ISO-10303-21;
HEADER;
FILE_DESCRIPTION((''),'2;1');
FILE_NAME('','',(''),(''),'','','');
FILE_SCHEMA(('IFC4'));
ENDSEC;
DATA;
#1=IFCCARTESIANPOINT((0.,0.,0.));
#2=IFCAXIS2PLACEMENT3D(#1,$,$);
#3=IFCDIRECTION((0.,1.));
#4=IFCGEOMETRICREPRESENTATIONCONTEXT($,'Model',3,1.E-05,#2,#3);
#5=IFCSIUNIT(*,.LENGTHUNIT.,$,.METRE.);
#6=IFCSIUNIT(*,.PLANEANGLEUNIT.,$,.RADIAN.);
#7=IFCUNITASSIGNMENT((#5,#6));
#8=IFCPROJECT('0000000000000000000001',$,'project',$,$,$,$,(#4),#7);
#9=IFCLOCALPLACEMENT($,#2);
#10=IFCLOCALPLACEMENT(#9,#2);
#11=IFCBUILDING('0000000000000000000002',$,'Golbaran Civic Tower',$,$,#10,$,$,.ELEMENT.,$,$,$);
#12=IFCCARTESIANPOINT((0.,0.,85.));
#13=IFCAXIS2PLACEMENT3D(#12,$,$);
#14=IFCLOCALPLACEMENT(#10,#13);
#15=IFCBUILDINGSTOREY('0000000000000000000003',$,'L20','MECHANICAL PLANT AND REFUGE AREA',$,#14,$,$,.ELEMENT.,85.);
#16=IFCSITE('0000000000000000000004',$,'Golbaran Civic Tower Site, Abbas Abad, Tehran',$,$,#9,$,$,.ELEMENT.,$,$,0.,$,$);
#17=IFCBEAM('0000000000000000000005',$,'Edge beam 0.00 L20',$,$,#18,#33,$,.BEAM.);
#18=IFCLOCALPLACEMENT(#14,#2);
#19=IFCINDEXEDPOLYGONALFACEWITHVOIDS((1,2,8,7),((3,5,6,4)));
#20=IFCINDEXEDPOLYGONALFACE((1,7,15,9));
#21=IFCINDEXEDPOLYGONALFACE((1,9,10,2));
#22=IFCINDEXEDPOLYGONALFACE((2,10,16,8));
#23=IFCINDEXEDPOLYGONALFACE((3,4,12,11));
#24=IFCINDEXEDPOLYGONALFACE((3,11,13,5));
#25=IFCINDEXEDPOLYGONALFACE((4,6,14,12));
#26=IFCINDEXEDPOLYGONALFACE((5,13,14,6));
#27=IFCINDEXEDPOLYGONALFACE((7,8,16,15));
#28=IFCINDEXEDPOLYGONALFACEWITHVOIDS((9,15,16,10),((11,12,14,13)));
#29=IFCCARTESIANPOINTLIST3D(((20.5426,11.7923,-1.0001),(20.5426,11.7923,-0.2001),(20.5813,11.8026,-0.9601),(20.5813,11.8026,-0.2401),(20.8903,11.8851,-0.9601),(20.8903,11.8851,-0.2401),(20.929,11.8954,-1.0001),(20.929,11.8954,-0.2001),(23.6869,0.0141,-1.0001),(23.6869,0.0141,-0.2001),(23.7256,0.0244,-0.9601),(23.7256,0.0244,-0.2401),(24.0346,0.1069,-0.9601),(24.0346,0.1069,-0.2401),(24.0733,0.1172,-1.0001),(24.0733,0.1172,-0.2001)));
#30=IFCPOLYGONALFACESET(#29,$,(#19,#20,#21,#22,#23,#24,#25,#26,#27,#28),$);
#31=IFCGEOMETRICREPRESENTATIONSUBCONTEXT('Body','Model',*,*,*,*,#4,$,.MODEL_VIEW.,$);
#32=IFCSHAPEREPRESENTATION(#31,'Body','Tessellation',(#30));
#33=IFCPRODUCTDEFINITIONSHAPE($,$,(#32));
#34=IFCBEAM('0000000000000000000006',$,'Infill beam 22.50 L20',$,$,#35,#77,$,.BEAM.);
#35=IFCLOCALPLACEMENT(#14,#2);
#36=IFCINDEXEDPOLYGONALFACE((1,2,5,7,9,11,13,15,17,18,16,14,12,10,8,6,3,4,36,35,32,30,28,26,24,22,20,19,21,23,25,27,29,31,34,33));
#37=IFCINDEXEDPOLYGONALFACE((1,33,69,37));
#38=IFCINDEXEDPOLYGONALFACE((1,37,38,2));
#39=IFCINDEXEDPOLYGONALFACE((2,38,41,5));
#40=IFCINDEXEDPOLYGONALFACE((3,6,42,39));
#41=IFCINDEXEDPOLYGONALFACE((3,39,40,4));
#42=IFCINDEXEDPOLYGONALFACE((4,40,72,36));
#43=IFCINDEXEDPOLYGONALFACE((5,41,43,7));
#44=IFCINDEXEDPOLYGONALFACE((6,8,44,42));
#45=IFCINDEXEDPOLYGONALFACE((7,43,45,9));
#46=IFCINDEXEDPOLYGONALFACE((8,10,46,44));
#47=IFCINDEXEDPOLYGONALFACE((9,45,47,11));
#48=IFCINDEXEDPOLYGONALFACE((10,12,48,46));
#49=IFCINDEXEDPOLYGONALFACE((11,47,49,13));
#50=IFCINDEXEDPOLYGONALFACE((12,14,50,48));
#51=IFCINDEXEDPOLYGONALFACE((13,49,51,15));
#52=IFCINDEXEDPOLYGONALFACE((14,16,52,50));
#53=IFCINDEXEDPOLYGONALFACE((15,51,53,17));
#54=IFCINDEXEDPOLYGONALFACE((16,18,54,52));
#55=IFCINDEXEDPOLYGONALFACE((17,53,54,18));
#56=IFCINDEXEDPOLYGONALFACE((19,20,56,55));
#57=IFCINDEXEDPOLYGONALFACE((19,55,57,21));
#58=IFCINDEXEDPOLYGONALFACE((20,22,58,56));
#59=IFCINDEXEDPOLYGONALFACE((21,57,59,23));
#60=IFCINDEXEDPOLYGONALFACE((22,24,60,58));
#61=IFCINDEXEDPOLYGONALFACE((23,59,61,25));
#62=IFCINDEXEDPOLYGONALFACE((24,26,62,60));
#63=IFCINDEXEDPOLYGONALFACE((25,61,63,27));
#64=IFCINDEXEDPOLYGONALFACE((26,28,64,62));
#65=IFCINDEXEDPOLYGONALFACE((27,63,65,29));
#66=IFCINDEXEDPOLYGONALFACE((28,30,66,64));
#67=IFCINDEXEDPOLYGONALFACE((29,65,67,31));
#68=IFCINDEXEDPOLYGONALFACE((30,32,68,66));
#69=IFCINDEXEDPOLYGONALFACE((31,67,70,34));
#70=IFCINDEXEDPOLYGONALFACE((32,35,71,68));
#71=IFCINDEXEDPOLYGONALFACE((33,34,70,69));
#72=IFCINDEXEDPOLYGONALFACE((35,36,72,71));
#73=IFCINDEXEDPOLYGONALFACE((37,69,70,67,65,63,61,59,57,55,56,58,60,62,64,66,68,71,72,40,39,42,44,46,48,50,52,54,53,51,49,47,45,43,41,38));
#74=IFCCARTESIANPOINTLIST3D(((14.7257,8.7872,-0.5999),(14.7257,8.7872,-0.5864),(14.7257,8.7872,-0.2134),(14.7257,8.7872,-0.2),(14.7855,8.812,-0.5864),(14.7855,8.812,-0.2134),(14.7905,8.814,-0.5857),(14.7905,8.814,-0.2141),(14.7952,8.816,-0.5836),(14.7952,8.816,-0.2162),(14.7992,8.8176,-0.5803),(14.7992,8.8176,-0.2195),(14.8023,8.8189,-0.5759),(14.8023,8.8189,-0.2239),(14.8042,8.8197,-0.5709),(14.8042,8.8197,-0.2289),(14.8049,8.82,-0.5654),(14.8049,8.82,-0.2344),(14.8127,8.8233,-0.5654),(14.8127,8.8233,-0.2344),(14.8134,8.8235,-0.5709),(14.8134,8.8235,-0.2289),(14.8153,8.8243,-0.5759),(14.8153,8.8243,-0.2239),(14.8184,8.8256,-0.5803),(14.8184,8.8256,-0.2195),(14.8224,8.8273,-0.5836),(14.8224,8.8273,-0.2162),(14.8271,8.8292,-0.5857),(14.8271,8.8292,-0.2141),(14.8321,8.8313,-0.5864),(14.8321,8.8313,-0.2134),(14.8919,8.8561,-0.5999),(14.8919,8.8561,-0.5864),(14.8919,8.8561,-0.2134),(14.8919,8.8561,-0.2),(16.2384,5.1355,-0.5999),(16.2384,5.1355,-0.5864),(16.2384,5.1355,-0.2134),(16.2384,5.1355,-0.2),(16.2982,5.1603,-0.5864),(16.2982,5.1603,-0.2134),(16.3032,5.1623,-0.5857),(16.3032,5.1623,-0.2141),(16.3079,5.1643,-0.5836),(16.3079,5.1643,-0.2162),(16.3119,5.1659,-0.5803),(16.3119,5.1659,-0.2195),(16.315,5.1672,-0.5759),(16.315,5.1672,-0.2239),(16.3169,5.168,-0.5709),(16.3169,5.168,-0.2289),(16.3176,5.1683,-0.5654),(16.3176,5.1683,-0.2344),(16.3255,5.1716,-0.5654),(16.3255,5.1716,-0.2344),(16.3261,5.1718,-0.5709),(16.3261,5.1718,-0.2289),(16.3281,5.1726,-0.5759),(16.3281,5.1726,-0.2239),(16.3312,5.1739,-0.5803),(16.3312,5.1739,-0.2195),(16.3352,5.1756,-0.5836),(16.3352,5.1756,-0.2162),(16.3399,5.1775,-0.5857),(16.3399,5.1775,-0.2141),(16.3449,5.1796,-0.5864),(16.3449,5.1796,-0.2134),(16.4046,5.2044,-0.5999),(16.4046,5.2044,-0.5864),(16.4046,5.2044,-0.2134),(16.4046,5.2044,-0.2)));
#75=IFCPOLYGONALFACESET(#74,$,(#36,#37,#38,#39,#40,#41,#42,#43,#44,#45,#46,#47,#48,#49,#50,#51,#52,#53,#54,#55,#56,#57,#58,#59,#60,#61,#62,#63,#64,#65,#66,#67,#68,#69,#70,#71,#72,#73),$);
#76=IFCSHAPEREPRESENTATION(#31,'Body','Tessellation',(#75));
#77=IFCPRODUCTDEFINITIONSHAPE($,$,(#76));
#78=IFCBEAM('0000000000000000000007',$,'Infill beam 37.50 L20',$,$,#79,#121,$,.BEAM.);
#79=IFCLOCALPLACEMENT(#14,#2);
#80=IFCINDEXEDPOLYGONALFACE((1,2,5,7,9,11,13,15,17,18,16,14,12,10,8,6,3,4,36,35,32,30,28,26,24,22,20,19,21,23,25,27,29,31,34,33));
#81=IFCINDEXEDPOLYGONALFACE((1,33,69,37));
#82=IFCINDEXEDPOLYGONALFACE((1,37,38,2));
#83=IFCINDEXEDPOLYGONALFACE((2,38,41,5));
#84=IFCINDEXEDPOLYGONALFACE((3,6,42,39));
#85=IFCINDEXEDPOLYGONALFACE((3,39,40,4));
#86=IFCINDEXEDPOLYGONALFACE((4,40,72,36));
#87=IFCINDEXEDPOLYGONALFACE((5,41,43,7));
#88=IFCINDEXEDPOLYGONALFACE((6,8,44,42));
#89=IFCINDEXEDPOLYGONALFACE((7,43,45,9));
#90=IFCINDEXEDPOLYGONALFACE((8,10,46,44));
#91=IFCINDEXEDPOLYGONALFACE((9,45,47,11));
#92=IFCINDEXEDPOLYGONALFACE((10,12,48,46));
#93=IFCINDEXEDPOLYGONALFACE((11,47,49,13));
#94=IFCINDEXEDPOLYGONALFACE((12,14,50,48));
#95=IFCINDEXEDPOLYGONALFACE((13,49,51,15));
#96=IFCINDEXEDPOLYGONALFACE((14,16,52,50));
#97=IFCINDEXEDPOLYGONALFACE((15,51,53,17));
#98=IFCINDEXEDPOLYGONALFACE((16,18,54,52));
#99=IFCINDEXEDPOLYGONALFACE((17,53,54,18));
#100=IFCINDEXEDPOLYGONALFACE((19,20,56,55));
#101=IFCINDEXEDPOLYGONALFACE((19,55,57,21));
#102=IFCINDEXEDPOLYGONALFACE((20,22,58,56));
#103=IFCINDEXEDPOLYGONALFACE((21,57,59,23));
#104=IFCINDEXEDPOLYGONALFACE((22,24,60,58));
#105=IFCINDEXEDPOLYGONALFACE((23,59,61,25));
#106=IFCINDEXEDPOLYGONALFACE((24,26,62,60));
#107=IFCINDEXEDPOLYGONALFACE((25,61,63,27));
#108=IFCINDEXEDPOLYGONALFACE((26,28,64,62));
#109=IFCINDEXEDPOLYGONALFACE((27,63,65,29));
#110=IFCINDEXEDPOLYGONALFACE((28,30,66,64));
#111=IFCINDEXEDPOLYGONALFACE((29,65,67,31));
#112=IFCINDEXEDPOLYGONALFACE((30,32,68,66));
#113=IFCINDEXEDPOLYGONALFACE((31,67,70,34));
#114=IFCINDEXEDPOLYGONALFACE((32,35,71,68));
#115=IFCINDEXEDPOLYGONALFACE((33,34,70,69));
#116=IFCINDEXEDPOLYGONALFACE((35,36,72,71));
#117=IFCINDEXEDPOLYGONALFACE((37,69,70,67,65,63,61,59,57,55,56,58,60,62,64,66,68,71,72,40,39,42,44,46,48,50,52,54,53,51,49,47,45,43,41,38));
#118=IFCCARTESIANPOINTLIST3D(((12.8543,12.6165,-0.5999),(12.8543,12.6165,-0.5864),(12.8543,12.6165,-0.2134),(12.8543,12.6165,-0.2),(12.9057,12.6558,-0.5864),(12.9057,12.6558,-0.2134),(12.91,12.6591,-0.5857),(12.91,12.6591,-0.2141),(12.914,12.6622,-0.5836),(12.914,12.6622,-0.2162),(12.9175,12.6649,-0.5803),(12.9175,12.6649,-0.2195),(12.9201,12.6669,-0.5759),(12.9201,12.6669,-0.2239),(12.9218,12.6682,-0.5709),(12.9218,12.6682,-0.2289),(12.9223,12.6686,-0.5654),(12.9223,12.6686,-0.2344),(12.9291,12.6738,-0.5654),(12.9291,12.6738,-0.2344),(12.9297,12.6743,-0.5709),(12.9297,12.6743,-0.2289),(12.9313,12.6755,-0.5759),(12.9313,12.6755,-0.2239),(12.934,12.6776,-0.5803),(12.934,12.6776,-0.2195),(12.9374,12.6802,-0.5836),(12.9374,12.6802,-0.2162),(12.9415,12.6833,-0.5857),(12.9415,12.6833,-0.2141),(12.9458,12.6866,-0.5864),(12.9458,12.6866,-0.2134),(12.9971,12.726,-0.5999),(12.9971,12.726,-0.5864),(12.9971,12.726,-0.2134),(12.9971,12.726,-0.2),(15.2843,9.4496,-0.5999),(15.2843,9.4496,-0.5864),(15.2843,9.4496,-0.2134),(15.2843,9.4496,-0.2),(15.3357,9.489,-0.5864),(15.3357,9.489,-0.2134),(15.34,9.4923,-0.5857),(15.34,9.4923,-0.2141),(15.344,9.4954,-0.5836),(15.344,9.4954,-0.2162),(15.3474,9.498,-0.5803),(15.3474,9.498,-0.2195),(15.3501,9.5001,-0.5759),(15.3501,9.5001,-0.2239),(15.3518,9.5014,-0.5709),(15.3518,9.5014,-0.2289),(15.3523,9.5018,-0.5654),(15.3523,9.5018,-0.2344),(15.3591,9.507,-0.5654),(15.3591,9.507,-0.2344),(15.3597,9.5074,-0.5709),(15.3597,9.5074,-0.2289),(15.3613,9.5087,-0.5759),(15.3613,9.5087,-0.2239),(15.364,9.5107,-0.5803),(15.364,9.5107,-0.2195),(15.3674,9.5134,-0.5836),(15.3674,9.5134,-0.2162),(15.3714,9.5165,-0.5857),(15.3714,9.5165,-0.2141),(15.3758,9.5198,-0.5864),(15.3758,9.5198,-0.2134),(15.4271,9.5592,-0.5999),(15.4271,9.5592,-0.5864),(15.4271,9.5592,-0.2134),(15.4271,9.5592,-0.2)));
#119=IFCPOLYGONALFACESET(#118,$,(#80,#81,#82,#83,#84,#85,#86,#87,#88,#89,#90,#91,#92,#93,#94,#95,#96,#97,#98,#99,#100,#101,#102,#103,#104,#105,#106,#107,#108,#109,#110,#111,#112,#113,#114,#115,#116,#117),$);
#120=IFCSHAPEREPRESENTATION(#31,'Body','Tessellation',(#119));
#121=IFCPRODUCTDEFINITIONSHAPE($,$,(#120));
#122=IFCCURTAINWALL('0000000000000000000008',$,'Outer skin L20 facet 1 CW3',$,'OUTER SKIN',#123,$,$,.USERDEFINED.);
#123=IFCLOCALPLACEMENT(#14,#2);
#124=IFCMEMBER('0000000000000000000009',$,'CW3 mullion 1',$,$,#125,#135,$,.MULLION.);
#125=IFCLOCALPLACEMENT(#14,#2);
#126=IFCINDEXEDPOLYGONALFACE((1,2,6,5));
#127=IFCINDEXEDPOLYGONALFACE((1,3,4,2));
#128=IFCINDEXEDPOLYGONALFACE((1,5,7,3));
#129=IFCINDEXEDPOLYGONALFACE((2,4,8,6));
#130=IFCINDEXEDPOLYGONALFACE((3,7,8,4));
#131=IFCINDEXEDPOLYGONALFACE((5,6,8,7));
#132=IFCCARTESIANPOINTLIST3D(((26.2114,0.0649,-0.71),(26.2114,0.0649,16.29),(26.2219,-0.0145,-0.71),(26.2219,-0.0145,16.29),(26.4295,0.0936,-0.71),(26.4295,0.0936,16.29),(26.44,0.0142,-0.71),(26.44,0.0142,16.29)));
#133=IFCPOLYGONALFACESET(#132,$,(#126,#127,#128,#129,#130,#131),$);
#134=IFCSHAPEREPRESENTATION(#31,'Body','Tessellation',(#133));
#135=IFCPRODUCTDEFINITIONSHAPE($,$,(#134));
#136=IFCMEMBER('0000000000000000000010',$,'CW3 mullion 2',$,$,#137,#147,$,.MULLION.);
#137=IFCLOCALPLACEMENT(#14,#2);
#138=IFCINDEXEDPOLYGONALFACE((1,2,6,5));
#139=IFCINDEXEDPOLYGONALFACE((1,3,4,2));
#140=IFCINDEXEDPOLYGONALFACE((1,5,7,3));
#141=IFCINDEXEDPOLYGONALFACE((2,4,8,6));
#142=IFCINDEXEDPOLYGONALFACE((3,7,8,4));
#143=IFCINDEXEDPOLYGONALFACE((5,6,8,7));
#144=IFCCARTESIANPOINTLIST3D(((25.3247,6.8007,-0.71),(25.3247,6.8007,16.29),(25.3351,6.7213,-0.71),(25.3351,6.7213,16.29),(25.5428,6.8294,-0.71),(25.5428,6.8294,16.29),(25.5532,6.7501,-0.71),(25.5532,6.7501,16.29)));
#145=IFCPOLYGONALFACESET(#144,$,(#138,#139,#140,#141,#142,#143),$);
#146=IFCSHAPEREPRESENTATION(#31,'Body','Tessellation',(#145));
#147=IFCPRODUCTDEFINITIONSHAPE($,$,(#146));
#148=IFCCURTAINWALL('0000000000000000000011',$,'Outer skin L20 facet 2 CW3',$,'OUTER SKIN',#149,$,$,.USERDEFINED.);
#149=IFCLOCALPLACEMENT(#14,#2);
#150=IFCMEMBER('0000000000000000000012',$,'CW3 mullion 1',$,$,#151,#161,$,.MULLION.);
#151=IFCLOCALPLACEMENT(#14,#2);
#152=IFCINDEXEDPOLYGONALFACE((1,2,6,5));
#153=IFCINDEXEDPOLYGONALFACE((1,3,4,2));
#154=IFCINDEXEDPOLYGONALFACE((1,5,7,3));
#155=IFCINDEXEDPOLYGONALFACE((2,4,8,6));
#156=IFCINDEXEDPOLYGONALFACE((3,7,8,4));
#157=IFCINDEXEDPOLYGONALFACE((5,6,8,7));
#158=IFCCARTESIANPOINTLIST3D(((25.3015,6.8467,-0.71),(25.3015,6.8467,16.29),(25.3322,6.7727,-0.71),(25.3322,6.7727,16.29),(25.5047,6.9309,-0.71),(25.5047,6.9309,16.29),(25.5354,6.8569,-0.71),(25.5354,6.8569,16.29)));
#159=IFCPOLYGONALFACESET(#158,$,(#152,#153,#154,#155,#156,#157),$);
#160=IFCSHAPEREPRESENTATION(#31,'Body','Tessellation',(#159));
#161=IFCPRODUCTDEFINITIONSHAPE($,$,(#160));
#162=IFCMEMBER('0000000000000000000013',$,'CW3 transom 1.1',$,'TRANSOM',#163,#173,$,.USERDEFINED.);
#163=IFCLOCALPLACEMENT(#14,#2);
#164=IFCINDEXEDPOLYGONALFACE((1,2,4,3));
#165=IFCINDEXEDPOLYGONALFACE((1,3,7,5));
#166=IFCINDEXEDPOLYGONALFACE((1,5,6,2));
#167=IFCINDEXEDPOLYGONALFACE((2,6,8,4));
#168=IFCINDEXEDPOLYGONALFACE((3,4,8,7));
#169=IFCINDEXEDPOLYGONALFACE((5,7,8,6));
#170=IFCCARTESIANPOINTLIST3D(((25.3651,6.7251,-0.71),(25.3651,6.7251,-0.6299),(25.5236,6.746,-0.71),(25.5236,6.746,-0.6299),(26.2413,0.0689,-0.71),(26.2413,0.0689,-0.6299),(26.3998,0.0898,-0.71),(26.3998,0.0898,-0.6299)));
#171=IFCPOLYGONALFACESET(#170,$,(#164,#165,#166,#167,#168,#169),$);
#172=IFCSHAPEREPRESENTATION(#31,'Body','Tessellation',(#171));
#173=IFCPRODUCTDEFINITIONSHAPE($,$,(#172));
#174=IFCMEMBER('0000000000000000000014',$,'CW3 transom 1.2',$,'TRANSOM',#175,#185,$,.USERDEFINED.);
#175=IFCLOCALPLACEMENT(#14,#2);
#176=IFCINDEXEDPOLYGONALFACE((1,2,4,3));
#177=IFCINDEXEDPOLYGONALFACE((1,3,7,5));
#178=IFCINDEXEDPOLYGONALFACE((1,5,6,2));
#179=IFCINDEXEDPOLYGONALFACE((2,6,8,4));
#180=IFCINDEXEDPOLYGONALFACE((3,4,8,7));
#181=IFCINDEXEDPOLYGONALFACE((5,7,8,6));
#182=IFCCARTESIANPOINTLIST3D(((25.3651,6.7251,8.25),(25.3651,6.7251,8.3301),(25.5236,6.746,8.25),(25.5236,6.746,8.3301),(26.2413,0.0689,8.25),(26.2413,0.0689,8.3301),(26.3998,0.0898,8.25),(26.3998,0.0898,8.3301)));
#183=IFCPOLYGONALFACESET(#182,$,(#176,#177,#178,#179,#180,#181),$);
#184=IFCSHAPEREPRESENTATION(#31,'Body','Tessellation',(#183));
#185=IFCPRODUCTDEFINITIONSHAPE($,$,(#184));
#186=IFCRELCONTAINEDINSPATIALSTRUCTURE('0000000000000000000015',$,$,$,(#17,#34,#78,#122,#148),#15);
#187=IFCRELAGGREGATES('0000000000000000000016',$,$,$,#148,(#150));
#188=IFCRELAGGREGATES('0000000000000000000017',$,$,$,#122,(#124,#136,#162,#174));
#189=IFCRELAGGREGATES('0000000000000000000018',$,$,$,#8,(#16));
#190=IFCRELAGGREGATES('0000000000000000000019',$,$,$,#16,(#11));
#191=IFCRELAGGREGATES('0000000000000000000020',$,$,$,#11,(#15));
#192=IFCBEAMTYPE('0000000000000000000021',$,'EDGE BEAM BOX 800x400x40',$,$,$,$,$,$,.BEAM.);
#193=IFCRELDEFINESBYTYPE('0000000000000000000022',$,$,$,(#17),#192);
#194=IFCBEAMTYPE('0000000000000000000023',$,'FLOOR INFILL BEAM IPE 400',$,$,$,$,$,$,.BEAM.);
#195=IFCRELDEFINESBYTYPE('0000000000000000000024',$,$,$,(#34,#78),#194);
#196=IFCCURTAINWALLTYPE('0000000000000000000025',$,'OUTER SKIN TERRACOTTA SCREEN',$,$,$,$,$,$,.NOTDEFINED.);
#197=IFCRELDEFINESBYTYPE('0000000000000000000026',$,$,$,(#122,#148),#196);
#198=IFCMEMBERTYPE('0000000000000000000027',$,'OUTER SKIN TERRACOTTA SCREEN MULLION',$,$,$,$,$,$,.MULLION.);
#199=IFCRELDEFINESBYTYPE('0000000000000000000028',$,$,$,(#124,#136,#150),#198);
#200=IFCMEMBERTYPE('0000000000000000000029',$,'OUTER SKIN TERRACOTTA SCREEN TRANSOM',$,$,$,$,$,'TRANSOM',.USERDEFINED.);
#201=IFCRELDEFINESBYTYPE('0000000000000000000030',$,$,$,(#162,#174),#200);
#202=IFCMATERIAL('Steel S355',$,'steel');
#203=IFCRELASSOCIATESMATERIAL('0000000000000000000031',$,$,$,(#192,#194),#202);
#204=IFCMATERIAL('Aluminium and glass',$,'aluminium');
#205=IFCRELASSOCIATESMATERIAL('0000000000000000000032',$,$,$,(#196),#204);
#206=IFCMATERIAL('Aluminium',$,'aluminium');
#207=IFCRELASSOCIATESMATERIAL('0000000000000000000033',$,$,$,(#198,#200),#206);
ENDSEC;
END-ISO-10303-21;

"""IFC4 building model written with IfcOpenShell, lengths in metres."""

from ifc_helpers import new_model, si_unit, direction, frame, origin, origin_2d, place, context, subcontext, project, spatial, rectangle, hollow_rectangle, i_section, extrude, material, material_profile, profile_set, type_object, element, aggregate, save


model = new_model("IFC4")

# Units and contexts
model_context = context("Model", 3, precision=1e-05, world=origin(), true_north=direction((0.0, 1.0)))
body_context = subcontext(model_context, "Body", "Model", "MODEL_VIEW")
ifc_project = project(units=[si_unit("LENGTHUNIT", "METRE"), si_unit("PLANEANGLEUNIT", "RADIAN")], contexts=[model_context])

# Site, building, storey
site_placement = place(None, origin())
site = spatial("IfcSite", under=ifc_project, at=site_placement, Name="Golbaran Civic Tower Site, Abbas Abad, Tehran", CompositionType="ELEMENT", RefElevation=0.0)
building_placement = place(site_placement, origin())
building = spatial("IfcBuilding", under=site, at=building_placement, Name="Golbaran Civic Tower", CompositionType="ELEMENT")
storey_placement = place(building_placement, frame((0.0, 0.0, 85.0)))
storey = spatial("IfcBuildingStorey", under=building, at=storey_placement, Name="L20", Description="MECHANICAL PLANT AND REFUGE AREA", CompositionType="ELEMENT", Elevation=85.0)

# Shared definitions
ifc_material_1 = material(Name="Steel S355", Category="steel")

# Beams
ifc_material_profile_1 = material_profile(ifc_material_1, hollow_rectangle(XDim=0.3999, YDim=0.8, WallThickness=0.04, at=origin_2d()), Name="BOX 800x400x40")
ifc_profile_set_1 = profile_set([ifc_material_profile_1], Name="Steel S355")
beam_type_1 = type_object("IfcBeamType", Name="EDGE BEAM BOX 800x400x40", PredefinedType="BEAM", material=ifc_profile_set_1)
beam_1_placement = place(storey_placement, frame((23.8801, 0.0657, -0.6001), z_axis=(-0.257928, 0.966164, 0.0), x_axis=(-0.966164, -0.257928, 0.0)))
element("IfcBeam", 1, at=beam_1_placement, inside=storey, type_object=beam_type_1, Name="Edge beam 0.00 L20", PredefinedType="BEAM", context=body_context, shape_type="SweptSolid", body=[
    extrude(hollow_rectangle(XDim=0.3999, YDim=0.8, WallThickness=0.04, at=origin_2d()), origin(), (0.0, 0.0, 1.0), 12.1907),
])
ifc_material_profile_2 = material_profile(ifc_material_1, i_section(OverallWidth=0.1799, OverallDepth=0.3999, WebThickness=0.0085, FlangeThickness=0.0134, FilletRadius=0.021, at=origin_2d()), Name="IPE 400")
ifc_profile_set_2 = profile_set([ifc_material_profile_2], Name="Steel S355")
beam_type_2 = type_object("IfcBeamType", Name="FLOOR INFILL BEAM IPE 400", PredefinedType="BEAM", material=ifc_profile_set_2)
beam_2_placement = place(storey_placement, frame((16.3215, 5.1699, -0.3999), z_axis=(-0.382715, 0.923866, 0.0), x_axis=(-0.923866, -0.382715, 0.0)))
element("IfcBeam", 2, at=beam_2_placement, inside=storey, type_object=beam_type_2, Name="Infill beam 22.50 L20", PredefinedType="BEAM", context=body_context, shape_type="SweptSolid", body=[
    extrude(i_section(OverallWidth=0.1799, OverallDepth=0.3999, WebThickness=0.0085, FlangeThickness=0.0134, FilletRadius=0.021, at=origin_2d()), origin(), (0.0, 0.0, 1.0), 3.9526),
])
beam_3_placement = place(storey_placement, frame((15.3557, 9.5044, -0.3999), z_axis=(-0.608761, 0.793353, 0.0), x_axis=(-0.793353, -0.608761, 0.0)))
element("IfcBeam", 3, at=beam_3_placement, inside=storey, type_object=beam_type_2, Name="Infill beam 37.50 L20", PredefinedType="BEAM", context=body_context, shape_type="SweptSolid", body=[
    extrude(i_section(OverallWidth=0.1799, OverallDepth=0.3999, WebThickness=0.0085, FlangeThickness=0.0134, FilletRadius=0.021, at=origin_2d()), origin(), (0.0, 0.0, 1.0), 3.9917),
])

# Curtain wall, members
ifc_material_2 = material(Name="Aluminium and glass", Category="aluminium")
curtain_wall_type_1 = type_object("IfcCurtainWallType", Name="OUTER SKIN TERRACOTTA SCREEN", PredefinedType="NOTDEFINED", material=ifc_material_2)
curtain_wall_1_placement = place(storey_placement, origin())
curtain_wall_1 = element("IfcCurtainWall", 4, at=curtain_wall_1_placement, inside=storey, type_object=curtain_wall_type_1, Name="Outer skin L20 facet 1 CW3", ObjectType="OUTER SKIN", PredefinedType="USERDEFINED")
ifc_material_3 = material(Name="Aluminium", Category="aluminium")
ifc_material_profile_3 = material_profile(ifc_material_3, rectangle(XDim=0.22, YDim=0.0801, at=origin_2d()), Name="OUTER SKIN TERRACOTTA SCREEN MULLION")
ifc_profile_set_3 = profile_set([ifc_material_profile_3], Name="Aluminium")
member_type_1 = type_object("IfcMemberType", Name="OUTER SKIN TERRACOTTA SCREEN MULLION", PredefinedType="MULLION", material=ifc_profile_set_3)
member_1_placement = place(storey_placement, frame((26.3257, 0.0396, -0.71), z_axis=(0.0, 0.0, 1.0), x_axis=(-0.991445, -0.130526, 0.0)))
member_1 = element("IfcMember", 5, at=member_1_placement, type_object=member_type_1, Name="CW3 mullion 1", PredefinedType="MULLION", context=body_context, shape_type="SweptSolid", body=[
    extrude(rectangle(XDim=0.22, YDim=0.0801, at=origin_2d()), origin(), (0.0, 0.0, 1.0), 17.0),
])
member_2_placement = place(storey_placement, frame((25.439, 6.7754, -0.71), z_axis=(0.0, 0.0, 1.0), x_axis=(-0.991445, -0.130526, 0.0)))
member_2 = element("IfcMember", 6, at=member_2_placement, type_object=member_type_1, Name="CW3 mullion 2", PredefinedType="MULLION", context=body_context, shape_type="SweptSolid", body=[
    extrude(rectangle(XDim=0.22, YDim=0.0801, at=origin_2d()), origin(), (0.0, 0.0, 1.0), 17.0),
])

# Curtain wall, member
curtain_wall_2_placement = place(storey_placement, origin())
curtain_wall_2 = element("IfcCurtainWall", 7, at=curtain_wall_2_placement, inside=storey, type_object=curtain_wall_type_1, Name="Outer skin L20 facet 2 CW3", ObjectType="OUTER SKIN", PredefinedType="USERDEFINED")
member_3_placement = place(storey_placement, frame((25.4185, 6.8518, -0.71), z_axis=(0.0, 0.0, 1.0), x_axis=(-0.92388, -0.382683, 0.0)))
member_3 = element("IfcMember", 8, at=member_3_placement, type_object=member_type_1, Name="CW3 mullion 1", PredefinedType="MULLION", context=body_context, shape_type="SweptSolid", body=[
    extrude(rectangle(XDim=0.22, YDim=0.0801, at=origin_2d()), origin(), (0.0, 0.0, 1.0), 17.0),
])

# Members
ifc_material_profile_4 = material_profile(ifc_material_3, rectangle(XDim=0.1599, YDim=0.0801, at=origin_2d()), Name="OUTER SKIN TERRACOTTA SCREEN TRANSOM")
ifc_profile_set_4 = profile_set([ifc_material_profile_4], Name="Aluminium")
member_type_2 = type_object("IfcMemberType", Name="OUTER SKIN TERRACOTTA SCREEN TRANSOM", ElementType="TRANSOM", PredefinedType="USERDEFINED", material=ifc_profile_set_4)
member_4_placement = place(storey_placement, frame((26.3206, 0.0793, -0.6699), z_axis=(-0.130513, 0.991447, 0.0), x_axis=(-0.991447, -0.130513, 0.0)))
member_4 = element("IfcMember", 9, at=member_4_placement, type_object=member_type_2, Name="CW3 transom 1.1", ObjectType="TRANSOM", PredefinedType="USERDEFINED", context=body_context, shape_type="SweptSolid", body=[
    extrude(rectangle(XDim=0.1599, YDim=0.0801, at=origin_2d()), origin(), (0.0, 0.0, 1.0), 6.7136),
])
member_5_placement = place(storey_placement, frame((26.3206, 0.0793, 8.29), z_axis=(-0.130513, 0.991447, 0.0), x_axis=(-0.991447, -0.130513, 0.0)))
member_5 = element("IfcMember", 10, at=member_5_placement, type_object=member_type_2, Name="CW3 transom 1.2", ObjectType="TRANSOM", PredefinedType="USERDEFINED", context=body_context, shape_type="SweptSolid", body=[
    extrude(rectangle(XDim=0.1599, YDim=0.0801, at=origin_2d()), origin(), (0.0, 0.0, 1.0), 6.7136),
])

aggregate(curtain_wall_2, [member_3])
aggregate(curtain_wall_1, [member_1, member_2, member_4, member_5])

save(model, "model.ifc")
